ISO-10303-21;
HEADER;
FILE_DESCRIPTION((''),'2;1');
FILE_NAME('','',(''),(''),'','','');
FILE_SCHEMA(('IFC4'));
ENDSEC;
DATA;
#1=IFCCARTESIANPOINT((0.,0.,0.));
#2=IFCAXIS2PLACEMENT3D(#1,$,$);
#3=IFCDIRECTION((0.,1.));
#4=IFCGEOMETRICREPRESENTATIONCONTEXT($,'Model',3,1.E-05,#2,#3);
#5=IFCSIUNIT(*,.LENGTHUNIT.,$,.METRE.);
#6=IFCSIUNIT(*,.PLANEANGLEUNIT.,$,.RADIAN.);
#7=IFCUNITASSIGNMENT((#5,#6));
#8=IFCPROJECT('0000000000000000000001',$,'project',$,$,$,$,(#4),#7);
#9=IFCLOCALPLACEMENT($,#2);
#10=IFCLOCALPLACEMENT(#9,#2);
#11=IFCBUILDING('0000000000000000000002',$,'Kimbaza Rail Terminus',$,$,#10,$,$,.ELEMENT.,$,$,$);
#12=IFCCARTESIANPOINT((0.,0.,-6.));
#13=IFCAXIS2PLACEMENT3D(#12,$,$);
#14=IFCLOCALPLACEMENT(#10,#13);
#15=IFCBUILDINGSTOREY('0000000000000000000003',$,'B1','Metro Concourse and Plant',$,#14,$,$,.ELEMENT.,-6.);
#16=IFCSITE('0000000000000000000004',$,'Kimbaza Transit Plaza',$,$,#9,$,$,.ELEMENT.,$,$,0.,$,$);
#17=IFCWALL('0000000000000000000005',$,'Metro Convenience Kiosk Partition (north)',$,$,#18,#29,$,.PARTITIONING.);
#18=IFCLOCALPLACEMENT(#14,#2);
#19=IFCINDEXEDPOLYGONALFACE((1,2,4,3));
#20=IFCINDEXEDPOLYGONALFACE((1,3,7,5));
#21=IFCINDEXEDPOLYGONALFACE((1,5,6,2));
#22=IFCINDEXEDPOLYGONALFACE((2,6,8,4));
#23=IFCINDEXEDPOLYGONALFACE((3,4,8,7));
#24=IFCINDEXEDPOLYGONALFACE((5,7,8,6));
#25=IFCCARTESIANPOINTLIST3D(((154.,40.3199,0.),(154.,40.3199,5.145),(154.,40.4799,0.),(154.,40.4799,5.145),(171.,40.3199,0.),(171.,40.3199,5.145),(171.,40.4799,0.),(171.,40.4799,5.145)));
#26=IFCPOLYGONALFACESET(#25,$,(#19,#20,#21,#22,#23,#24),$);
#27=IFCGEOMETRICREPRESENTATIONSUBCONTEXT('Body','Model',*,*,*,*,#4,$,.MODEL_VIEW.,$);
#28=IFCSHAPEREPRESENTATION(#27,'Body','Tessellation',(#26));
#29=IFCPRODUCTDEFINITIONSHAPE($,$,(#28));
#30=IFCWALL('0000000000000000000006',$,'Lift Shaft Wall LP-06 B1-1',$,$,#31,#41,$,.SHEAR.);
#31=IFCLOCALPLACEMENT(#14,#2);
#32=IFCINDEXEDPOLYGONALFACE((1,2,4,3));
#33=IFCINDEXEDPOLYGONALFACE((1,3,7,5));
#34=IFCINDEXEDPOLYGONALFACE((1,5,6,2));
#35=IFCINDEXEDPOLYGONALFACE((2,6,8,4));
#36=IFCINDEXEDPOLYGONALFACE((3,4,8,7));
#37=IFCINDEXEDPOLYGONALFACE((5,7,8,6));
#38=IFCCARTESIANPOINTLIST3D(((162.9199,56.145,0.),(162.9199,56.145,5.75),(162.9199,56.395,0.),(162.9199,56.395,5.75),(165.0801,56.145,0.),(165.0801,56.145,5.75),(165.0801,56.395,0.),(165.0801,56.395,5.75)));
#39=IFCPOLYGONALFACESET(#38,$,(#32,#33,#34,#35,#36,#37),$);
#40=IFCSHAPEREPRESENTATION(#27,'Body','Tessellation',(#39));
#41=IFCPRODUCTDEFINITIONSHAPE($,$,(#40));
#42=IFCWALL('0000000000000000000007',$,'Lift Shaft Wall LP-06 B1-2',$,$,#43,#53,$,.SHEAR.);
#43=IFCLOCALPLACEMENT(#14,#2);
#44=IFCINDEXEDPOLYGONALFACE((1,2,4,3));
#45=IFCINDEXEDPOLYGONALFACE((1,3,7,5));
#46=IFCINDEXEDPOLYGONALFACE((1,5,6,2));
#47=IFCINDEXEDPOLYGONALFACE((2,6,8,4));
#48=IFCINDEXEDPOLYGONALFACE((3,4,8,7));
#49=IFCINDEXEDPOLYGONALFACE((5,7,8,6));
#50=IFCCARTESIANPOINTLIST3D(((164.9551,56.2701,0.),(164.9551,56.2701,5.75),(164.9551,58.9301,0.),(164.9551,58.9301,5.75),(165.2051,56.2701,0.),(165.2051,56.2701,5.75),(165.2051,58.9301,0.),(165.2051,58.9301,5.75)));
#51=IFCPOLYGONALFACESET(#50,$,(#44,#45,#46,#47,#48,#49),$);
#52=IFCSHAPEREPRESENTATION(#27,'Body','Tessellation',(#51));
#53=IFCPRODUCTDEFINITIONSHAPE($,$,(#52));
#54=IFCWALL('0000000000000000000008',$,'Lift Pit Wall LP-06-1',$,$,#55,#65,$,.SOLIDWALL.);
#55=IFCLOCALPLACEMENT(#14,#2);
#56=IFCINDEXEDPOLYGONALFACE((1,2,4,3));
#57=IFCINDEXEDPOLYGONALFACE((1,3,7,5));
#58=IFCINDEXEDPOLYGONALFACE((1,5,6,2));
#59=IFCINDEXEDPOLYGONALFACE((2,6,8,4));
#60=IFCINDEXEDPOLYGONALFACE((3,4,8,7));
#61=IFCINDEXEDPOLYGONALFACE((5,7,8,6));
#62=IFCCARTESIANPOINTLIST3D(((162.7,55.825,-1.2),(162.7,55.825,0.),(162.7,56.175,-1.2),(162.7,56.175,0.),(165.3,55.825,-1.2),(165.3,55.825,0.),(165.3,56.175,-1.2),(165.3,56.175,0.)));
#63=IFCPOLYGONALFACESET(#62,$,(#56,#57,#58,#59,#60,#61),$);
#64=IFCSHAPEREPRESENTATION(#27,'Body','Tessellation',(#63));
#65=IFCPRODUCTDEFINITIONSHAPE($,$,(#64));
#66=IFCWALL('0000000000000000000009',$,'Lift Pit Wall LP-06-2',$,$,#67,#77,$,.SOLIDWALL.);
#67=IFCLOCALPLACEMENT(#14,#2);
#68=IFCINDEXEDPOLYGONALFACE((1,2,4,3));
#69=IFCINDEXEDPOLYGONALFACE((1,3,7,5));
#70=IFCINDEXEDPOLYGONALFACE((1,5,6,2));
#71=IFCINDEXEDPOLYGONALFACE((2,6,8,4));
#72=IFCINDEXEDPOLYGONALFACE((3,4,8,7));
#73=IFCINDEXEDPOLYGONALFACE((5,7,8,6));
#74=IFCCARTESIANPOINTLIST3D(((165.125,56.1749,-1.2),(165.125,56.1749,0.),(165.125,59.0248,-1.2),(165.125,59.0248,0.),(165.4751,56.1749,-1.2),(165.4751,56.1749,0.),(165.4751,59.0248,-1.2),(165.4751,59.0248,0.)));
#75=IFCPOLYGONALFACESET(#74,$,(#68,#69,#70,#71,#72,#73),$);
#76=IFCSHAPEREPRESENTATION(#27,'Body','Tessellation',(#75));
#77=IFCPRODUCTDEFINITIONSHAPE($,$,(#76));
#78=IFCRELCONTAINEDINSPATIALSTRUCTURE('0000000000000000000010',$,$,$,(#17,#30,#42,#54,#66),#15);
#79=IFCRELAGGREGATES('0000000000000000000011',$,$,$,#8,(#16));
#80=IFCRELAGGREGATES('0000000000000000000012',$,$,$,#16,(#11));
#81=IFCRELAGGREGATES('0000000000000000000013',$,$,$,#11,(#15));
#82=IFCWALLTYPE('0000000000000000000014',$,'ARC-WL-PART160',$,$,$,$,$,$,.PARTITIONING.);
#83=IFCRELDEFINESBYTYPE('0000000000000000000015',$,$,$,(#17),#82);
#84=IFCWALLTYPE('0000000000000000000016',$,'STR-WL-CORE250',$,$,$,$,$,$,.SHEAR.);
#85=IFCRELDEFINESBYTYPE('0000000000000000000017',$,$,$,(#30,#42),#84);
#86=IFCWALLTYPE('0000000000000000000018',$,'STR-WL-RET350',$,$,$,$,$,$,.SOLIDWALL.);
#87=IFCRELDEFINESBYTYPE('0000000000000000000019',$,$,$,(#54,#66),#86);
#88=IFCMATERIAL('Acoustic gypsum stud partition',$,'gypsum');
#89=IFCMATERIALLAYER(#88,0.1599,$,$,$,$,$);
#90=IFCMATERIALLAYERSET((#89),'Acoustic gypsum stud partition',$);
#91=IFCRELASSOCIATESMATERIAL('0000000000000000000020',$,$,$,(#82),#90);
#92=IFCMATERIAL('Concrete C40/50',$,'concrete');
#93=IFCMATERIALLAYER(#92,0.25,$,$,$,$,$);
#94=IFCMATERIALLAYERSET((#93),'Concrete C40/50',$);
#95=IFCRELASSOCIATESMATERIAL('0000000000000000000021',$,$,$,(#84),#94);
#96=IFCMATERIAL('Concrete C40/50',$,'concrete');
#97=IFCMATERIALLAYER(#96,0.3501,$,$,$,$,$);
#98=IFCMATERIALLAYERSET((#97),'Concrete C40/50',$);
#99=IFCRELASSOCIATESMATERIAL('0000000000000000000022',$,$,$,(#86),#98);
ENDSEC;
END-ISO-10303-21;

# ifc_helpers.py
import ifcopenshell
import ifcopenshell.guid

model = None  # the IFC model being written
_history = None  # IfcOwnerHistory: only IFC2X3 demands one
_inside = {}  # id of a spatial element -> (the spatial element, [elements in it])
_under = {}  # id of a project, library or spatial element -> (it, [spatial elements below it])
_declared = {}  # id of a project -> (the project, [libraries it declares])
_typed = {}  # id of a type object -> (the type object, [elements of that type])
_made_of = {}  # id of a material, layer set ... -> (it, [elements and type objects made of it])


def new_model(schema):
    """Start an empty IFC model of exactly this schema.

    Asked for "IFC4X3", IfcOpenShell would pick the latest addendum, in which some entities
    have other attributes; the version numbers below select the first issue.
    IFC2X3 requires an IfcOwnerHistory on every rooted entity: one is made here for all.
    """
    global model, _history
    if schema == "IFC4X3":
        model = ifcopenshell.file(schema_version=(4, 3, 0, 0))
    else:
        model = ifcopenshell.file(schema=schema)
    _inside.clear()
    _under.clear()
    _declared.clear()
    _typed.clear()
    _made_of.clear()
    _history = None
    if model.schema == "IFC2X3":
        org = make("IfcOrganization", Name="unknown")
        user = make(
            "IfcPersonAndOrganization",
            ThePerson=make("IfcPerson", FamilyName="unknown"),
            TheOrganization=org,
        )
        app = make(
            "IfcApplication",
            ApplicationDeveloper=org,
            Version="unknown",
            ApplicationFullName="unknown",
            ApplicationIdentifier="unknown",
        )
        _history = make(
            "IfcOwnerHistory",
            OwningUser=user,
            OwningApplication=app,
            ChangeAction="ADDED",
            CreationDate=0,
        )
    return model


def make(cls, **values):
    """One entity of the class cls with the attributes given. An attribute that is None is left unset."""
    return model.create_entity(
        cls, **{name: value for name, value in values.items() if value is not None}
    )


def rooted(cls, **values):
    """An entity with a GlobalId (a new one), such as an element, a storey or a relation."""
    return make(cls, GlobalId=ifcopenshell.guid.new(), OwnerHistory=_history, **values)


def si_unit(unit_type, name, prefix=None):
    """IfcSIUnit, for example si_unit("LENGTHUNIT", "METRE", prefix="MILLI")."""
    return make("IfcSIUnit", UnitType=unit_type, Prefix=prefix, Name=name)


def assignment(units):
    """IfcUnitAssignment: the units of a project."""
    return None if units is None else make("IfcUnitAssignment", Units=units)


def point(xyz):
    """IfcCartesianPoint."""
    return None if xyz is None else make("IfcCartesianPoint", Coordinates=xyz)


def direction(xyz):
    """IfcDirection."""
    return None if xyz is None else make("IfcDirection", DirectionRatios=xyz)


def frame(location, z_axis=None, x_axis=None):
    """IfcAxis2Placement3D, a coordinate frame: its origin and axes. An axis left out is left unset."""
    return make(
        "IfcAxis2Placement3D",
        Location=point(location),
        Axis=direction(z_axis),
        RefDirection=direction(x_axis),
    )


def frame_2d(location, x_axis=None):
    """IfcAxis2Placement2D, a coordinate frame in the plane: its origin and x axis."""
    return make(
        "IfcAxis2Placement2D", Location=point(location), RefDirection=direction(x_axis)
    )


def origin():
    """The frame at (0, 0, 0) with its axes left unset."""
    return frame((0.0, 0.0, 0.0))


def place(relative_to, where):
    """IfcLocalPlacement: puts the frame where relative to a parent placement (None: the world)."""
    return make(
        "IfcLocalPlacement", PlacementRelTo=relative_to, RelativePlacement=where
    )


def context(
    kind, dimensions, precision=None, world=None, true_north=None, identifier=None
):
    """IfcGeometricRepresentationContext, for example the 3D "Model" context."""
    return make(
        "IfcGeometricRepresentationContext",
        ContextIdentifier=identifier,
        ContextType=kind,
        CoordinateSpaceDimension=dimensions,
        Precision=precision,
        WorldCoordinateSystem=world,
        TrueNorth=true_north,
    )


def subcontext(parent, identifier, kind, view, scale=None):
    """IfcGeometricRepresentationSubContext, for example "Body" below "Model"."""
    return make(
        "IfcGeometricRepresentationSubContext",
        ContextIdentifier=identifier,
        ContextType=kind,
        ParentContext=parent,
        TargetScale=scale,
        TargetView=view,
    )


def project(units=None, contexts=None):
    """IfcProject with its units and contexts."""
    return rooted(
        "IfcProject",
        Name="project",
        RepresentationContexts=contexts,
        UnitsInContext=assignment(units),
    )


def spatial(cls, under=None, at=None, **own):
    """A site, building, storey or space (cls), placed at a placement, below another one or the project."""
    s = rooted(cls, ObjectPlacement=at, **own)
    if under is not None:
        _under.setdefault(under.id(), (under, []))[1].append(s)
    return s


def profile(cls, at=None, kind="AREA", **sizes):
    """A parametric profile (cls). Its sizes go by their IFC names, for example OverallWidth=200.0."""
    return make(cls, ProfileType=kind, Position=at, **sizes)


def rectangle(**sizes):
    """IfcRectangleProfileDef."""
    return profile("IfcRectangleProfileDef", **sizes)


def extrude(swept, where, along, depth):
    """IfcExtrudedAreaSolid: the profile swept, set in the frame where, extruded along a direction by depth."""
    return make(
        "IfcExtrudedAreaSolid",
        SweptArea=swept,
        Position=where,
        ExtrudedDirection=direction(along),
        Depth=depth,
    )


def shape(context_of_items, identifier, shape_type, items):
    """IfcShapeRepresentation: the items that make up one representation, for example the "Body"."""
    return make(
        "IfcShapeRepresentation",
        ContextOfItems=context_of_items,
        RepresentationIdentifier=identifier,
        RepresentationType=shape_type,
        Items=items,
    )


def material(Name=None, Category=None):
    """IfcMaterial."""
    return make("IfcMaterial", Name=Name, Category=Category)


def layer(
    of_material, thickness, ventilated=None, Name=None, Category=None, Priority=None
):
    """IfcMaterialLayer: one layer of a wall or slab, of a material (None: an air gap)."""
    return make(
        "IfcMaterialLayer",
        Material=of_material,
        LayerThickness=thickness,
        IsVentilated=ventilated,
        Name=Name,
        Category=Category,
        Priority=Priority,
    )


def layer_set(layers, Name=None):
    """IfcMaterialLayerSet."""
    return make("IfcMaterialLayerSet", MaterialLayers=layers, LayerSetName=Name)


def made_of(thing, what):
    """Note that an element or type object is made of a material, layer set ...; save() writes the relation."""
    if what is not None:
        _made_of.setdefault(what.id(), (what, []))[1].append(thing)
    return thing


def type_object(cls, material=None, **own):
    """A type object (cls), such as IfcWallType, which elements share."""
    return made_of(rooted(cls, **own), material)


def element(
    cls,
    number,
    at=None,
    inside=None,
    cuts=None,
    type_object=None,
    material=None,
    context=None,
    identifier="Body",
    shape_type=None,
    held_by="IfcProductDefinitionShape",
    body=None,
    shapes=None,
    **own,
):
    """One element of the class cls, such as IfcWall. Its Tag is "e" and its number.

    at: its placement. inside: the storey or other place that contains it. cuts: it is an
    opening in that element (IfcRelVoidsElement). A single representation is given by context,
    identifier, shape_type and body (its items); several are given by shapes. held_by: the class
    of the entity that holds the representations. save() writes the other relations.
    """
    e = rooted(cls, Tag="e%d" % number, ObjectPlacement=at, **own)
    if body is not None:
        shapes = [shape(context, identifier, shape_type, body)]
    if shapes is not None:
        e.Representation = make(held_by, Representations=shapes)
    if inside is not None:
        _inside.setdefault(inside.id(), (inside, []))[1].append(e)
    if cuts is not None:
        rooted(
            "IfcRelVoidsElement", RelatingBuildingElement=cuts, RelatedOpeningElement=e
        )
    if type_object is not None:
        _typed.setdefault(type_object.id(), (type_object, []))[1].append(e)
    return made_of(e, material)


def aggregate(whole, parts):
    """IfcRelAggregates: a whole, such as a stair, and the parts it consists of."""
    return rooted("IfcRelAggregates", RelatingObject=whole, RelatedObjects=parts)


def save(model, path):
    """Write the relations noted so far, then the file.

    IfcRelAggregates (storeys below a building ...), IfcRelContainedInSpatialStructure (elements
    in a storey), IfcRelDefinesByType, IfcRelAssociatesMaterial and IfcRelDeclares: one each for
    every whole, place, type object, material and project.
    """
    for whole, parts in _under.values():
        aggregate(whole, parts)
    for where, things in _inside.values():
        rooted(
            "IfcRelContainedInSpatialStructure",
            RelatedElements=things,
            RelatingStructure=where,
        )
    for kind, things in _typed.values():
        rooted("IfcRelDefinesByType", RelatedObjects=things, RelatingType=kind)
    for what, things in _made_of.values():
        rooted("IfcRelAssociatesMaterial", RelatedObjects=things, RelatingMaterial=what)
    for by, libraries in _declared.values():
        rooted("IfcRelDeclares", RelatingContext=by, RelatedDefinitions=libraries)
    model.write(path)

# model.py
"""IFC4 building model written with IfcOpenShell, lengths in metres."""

from ifc_helpers import new_model, si_unit, direction, frame, frame_2d, origin, place, context, subcontext, project, spatial, rectangle, extrude, material, layer, layer_set, type_object, element, save


model = new_model("IFC4")

# Units and contexts
model_context = context("Model", 3, precision=1e-05, world=origin(), true_north=direction((0.0, 1.0)))
body_context = subcontext(model_context, "Body", "Model", "MODEL_VIEW")
ifc_project = project(units=[si_unit("LENGTHUNIT", "METRE"), si_unit("PLANEANGLEUNIT", "RADIAN")], contexts=[model_context])

# Site, building, storey
site_placement = place(None, origin())
site = spatial("IfcSite", under=ifc_project, at=site_placement, Name="Kimbaza Transit Plaza", CompositionType="ELEMENT", RefElevation=0.0)
building_placement = place(site_placement, origin())
building = spatial("IfcBuilding", under=site, at=building_placement, Name="Kimbaza Rail Terminus", CompositionType="ELEMENT")
storey_placement = place(building_placement, frame((0.0, 0.0, -6.0)))
storey = spatial("IfcBuildingStorey", under=building, at=storey_placement, Name="B1", Description="Metro Concourse and Plant", CompositionType="ELEMENT", Elevation=-6.0)

# Walls
ifc_material_1 = material(Name="Acoustic gypsum stud partition", Category="gypsum")
ifc_layer_1 = layer(ifc_material_1, 0.1599)
ifc_layer_set_1 = layer_set([ifc_layer_1], Name="Acoustic gypsum stud partition")
wall_type_1 = type_object("IfcWallType", Name="ARC-WL-PART160", PredefinedType="PARTITIONING", material=ifc_layer_set_1)
wall_1_placement = place(storey_placement, frame((171.0, 40.3999, 0.0), z_axis=(0.0, 0.0, 1.0), x_axis=(-1.0, 0.0, 0.0)))
element("IfcWall", 1, at=wall_1_placement, inside=storey, type_object=wall_type_1, Name="Metro Convenience Kiosk Partition (north)", PredefinedType="PARTITIONING", context=body_context, shape_type="SweptSolid", body=[
    extrude(rectangle(XDim=17.0, YDim=0.1599, at=frame_2d((8.5, 0.0))), origin(), (0.0, 0.0, 1.0), 5.145),
])
ifc_material_2 = material(Name="Concrete C40/50", Category="concrete")
ifc_layer_2 = layer(ifc_material_2, 0.25)
ifc_layer_set_2 = layer_set([ifc_layer_2], Name="Concrete C40/50")
wall_type_2 = type_object("IfcWallType", Name="STR-WL-CORE250", PredefinedType="SHEAR", material=ifc_layer_set_2)
wall_2_placement = place(storey_placement, frame((162.9199, 56.27, 0.0), z_axis=(0.0, 0.0, 1.0), x_axis=(1.0, 0.0, 0.0)))
element("IfcWall", 2, at=wall_2_placement, inside=storey, type_object=wall_type_2, Name="Lift Shaft Wall LP-06 B1-1", PredefinedType="SHEAR", context=body_context, shape_type="SweptSolid", body=[
    extrude(rectangle(XDim=2.1602, YDim=0.25, at=frame_2d((1.0801, 0.0))), origin(), (0.0, 0.0, 1.0), 5.75),
])
wall_3_placement = place(storey_placement, frame((165.0801, 56.27, 0.0), z_axis=(0.0, 0.0, 1.0), x_axis=(0.0, 1.0, 0.0)))
element("IfcWall", 3, at=wall_3_placement, inside=storey, type_object=wall_type_2, Name="Lift Shaft Wall LP-06 B1-2", PredefinedType="SHEAR", context=body_context, shape_type="SweptSolid", body=[
    extrude(rectangle(XDim=2.6599, YDim=0.25, at=frame_2d((1.3301, 0.0))), origin(), (0.0, 0.0, 1.0), 5.75),
])
ifc_material_3 = material(Name="Concrete C40/50", Category="concrete")
ifc_layer_3 = layer(ifc_material_3, 0.3501)
ifc_layer_set_3 = layer_set([ifc_layer_3], Name="Concrete C40/50")
wall_type_3 = type_object("IfcWallType", Name="STR-WL-RET350", PredefinedType="SOLIDWALL", material=ifc_layer_set_3)
wall_4_placement = place(storey_placement, frame((162.7, 56.0, -1.2), z_axis=(0.0, 0.0, 1.0), x_axis=(1.0, 0.0, 0.0)))
element("IfcWall", 4, at=wall_4_placement, inside=storey, type_object=wall_type_3, Name="Lift Pit Wall LP-06-1", PredefinedType="SOLIDWALL", context=body_context, shape_type="SweptSolid", body=[
    extrude(rectangle(XDim=2.6001, YDim=0.3501, at=frame_2d((1.3, 0.0))), origin(), (0.0, 0.0, 1.0), 1.2),
])
wall_5_placement = place(storey_placement, frame((165.3, 56.175, -1.2), z_axis=(0.0, 0.0, 1.0), x_axis=(0.0, 1.0, 0.0)))
element("IfcWall", 5, at=wall_5_placement, inside=storey, type_object=wall_type_3, Name="Lift Pit Wall LP-06-2", PredefinedType="SOLIDWALL", context=body_context, shape_type="SweptSolid", body=[
    extrude(rectangle(XDim=2.8499, YDim=0.3501, at=frame_2d((1.4248, 0.0))), origin(), (0.0, 0.0, 1.0), 1.2),
])

save(model, "model.ifc")
